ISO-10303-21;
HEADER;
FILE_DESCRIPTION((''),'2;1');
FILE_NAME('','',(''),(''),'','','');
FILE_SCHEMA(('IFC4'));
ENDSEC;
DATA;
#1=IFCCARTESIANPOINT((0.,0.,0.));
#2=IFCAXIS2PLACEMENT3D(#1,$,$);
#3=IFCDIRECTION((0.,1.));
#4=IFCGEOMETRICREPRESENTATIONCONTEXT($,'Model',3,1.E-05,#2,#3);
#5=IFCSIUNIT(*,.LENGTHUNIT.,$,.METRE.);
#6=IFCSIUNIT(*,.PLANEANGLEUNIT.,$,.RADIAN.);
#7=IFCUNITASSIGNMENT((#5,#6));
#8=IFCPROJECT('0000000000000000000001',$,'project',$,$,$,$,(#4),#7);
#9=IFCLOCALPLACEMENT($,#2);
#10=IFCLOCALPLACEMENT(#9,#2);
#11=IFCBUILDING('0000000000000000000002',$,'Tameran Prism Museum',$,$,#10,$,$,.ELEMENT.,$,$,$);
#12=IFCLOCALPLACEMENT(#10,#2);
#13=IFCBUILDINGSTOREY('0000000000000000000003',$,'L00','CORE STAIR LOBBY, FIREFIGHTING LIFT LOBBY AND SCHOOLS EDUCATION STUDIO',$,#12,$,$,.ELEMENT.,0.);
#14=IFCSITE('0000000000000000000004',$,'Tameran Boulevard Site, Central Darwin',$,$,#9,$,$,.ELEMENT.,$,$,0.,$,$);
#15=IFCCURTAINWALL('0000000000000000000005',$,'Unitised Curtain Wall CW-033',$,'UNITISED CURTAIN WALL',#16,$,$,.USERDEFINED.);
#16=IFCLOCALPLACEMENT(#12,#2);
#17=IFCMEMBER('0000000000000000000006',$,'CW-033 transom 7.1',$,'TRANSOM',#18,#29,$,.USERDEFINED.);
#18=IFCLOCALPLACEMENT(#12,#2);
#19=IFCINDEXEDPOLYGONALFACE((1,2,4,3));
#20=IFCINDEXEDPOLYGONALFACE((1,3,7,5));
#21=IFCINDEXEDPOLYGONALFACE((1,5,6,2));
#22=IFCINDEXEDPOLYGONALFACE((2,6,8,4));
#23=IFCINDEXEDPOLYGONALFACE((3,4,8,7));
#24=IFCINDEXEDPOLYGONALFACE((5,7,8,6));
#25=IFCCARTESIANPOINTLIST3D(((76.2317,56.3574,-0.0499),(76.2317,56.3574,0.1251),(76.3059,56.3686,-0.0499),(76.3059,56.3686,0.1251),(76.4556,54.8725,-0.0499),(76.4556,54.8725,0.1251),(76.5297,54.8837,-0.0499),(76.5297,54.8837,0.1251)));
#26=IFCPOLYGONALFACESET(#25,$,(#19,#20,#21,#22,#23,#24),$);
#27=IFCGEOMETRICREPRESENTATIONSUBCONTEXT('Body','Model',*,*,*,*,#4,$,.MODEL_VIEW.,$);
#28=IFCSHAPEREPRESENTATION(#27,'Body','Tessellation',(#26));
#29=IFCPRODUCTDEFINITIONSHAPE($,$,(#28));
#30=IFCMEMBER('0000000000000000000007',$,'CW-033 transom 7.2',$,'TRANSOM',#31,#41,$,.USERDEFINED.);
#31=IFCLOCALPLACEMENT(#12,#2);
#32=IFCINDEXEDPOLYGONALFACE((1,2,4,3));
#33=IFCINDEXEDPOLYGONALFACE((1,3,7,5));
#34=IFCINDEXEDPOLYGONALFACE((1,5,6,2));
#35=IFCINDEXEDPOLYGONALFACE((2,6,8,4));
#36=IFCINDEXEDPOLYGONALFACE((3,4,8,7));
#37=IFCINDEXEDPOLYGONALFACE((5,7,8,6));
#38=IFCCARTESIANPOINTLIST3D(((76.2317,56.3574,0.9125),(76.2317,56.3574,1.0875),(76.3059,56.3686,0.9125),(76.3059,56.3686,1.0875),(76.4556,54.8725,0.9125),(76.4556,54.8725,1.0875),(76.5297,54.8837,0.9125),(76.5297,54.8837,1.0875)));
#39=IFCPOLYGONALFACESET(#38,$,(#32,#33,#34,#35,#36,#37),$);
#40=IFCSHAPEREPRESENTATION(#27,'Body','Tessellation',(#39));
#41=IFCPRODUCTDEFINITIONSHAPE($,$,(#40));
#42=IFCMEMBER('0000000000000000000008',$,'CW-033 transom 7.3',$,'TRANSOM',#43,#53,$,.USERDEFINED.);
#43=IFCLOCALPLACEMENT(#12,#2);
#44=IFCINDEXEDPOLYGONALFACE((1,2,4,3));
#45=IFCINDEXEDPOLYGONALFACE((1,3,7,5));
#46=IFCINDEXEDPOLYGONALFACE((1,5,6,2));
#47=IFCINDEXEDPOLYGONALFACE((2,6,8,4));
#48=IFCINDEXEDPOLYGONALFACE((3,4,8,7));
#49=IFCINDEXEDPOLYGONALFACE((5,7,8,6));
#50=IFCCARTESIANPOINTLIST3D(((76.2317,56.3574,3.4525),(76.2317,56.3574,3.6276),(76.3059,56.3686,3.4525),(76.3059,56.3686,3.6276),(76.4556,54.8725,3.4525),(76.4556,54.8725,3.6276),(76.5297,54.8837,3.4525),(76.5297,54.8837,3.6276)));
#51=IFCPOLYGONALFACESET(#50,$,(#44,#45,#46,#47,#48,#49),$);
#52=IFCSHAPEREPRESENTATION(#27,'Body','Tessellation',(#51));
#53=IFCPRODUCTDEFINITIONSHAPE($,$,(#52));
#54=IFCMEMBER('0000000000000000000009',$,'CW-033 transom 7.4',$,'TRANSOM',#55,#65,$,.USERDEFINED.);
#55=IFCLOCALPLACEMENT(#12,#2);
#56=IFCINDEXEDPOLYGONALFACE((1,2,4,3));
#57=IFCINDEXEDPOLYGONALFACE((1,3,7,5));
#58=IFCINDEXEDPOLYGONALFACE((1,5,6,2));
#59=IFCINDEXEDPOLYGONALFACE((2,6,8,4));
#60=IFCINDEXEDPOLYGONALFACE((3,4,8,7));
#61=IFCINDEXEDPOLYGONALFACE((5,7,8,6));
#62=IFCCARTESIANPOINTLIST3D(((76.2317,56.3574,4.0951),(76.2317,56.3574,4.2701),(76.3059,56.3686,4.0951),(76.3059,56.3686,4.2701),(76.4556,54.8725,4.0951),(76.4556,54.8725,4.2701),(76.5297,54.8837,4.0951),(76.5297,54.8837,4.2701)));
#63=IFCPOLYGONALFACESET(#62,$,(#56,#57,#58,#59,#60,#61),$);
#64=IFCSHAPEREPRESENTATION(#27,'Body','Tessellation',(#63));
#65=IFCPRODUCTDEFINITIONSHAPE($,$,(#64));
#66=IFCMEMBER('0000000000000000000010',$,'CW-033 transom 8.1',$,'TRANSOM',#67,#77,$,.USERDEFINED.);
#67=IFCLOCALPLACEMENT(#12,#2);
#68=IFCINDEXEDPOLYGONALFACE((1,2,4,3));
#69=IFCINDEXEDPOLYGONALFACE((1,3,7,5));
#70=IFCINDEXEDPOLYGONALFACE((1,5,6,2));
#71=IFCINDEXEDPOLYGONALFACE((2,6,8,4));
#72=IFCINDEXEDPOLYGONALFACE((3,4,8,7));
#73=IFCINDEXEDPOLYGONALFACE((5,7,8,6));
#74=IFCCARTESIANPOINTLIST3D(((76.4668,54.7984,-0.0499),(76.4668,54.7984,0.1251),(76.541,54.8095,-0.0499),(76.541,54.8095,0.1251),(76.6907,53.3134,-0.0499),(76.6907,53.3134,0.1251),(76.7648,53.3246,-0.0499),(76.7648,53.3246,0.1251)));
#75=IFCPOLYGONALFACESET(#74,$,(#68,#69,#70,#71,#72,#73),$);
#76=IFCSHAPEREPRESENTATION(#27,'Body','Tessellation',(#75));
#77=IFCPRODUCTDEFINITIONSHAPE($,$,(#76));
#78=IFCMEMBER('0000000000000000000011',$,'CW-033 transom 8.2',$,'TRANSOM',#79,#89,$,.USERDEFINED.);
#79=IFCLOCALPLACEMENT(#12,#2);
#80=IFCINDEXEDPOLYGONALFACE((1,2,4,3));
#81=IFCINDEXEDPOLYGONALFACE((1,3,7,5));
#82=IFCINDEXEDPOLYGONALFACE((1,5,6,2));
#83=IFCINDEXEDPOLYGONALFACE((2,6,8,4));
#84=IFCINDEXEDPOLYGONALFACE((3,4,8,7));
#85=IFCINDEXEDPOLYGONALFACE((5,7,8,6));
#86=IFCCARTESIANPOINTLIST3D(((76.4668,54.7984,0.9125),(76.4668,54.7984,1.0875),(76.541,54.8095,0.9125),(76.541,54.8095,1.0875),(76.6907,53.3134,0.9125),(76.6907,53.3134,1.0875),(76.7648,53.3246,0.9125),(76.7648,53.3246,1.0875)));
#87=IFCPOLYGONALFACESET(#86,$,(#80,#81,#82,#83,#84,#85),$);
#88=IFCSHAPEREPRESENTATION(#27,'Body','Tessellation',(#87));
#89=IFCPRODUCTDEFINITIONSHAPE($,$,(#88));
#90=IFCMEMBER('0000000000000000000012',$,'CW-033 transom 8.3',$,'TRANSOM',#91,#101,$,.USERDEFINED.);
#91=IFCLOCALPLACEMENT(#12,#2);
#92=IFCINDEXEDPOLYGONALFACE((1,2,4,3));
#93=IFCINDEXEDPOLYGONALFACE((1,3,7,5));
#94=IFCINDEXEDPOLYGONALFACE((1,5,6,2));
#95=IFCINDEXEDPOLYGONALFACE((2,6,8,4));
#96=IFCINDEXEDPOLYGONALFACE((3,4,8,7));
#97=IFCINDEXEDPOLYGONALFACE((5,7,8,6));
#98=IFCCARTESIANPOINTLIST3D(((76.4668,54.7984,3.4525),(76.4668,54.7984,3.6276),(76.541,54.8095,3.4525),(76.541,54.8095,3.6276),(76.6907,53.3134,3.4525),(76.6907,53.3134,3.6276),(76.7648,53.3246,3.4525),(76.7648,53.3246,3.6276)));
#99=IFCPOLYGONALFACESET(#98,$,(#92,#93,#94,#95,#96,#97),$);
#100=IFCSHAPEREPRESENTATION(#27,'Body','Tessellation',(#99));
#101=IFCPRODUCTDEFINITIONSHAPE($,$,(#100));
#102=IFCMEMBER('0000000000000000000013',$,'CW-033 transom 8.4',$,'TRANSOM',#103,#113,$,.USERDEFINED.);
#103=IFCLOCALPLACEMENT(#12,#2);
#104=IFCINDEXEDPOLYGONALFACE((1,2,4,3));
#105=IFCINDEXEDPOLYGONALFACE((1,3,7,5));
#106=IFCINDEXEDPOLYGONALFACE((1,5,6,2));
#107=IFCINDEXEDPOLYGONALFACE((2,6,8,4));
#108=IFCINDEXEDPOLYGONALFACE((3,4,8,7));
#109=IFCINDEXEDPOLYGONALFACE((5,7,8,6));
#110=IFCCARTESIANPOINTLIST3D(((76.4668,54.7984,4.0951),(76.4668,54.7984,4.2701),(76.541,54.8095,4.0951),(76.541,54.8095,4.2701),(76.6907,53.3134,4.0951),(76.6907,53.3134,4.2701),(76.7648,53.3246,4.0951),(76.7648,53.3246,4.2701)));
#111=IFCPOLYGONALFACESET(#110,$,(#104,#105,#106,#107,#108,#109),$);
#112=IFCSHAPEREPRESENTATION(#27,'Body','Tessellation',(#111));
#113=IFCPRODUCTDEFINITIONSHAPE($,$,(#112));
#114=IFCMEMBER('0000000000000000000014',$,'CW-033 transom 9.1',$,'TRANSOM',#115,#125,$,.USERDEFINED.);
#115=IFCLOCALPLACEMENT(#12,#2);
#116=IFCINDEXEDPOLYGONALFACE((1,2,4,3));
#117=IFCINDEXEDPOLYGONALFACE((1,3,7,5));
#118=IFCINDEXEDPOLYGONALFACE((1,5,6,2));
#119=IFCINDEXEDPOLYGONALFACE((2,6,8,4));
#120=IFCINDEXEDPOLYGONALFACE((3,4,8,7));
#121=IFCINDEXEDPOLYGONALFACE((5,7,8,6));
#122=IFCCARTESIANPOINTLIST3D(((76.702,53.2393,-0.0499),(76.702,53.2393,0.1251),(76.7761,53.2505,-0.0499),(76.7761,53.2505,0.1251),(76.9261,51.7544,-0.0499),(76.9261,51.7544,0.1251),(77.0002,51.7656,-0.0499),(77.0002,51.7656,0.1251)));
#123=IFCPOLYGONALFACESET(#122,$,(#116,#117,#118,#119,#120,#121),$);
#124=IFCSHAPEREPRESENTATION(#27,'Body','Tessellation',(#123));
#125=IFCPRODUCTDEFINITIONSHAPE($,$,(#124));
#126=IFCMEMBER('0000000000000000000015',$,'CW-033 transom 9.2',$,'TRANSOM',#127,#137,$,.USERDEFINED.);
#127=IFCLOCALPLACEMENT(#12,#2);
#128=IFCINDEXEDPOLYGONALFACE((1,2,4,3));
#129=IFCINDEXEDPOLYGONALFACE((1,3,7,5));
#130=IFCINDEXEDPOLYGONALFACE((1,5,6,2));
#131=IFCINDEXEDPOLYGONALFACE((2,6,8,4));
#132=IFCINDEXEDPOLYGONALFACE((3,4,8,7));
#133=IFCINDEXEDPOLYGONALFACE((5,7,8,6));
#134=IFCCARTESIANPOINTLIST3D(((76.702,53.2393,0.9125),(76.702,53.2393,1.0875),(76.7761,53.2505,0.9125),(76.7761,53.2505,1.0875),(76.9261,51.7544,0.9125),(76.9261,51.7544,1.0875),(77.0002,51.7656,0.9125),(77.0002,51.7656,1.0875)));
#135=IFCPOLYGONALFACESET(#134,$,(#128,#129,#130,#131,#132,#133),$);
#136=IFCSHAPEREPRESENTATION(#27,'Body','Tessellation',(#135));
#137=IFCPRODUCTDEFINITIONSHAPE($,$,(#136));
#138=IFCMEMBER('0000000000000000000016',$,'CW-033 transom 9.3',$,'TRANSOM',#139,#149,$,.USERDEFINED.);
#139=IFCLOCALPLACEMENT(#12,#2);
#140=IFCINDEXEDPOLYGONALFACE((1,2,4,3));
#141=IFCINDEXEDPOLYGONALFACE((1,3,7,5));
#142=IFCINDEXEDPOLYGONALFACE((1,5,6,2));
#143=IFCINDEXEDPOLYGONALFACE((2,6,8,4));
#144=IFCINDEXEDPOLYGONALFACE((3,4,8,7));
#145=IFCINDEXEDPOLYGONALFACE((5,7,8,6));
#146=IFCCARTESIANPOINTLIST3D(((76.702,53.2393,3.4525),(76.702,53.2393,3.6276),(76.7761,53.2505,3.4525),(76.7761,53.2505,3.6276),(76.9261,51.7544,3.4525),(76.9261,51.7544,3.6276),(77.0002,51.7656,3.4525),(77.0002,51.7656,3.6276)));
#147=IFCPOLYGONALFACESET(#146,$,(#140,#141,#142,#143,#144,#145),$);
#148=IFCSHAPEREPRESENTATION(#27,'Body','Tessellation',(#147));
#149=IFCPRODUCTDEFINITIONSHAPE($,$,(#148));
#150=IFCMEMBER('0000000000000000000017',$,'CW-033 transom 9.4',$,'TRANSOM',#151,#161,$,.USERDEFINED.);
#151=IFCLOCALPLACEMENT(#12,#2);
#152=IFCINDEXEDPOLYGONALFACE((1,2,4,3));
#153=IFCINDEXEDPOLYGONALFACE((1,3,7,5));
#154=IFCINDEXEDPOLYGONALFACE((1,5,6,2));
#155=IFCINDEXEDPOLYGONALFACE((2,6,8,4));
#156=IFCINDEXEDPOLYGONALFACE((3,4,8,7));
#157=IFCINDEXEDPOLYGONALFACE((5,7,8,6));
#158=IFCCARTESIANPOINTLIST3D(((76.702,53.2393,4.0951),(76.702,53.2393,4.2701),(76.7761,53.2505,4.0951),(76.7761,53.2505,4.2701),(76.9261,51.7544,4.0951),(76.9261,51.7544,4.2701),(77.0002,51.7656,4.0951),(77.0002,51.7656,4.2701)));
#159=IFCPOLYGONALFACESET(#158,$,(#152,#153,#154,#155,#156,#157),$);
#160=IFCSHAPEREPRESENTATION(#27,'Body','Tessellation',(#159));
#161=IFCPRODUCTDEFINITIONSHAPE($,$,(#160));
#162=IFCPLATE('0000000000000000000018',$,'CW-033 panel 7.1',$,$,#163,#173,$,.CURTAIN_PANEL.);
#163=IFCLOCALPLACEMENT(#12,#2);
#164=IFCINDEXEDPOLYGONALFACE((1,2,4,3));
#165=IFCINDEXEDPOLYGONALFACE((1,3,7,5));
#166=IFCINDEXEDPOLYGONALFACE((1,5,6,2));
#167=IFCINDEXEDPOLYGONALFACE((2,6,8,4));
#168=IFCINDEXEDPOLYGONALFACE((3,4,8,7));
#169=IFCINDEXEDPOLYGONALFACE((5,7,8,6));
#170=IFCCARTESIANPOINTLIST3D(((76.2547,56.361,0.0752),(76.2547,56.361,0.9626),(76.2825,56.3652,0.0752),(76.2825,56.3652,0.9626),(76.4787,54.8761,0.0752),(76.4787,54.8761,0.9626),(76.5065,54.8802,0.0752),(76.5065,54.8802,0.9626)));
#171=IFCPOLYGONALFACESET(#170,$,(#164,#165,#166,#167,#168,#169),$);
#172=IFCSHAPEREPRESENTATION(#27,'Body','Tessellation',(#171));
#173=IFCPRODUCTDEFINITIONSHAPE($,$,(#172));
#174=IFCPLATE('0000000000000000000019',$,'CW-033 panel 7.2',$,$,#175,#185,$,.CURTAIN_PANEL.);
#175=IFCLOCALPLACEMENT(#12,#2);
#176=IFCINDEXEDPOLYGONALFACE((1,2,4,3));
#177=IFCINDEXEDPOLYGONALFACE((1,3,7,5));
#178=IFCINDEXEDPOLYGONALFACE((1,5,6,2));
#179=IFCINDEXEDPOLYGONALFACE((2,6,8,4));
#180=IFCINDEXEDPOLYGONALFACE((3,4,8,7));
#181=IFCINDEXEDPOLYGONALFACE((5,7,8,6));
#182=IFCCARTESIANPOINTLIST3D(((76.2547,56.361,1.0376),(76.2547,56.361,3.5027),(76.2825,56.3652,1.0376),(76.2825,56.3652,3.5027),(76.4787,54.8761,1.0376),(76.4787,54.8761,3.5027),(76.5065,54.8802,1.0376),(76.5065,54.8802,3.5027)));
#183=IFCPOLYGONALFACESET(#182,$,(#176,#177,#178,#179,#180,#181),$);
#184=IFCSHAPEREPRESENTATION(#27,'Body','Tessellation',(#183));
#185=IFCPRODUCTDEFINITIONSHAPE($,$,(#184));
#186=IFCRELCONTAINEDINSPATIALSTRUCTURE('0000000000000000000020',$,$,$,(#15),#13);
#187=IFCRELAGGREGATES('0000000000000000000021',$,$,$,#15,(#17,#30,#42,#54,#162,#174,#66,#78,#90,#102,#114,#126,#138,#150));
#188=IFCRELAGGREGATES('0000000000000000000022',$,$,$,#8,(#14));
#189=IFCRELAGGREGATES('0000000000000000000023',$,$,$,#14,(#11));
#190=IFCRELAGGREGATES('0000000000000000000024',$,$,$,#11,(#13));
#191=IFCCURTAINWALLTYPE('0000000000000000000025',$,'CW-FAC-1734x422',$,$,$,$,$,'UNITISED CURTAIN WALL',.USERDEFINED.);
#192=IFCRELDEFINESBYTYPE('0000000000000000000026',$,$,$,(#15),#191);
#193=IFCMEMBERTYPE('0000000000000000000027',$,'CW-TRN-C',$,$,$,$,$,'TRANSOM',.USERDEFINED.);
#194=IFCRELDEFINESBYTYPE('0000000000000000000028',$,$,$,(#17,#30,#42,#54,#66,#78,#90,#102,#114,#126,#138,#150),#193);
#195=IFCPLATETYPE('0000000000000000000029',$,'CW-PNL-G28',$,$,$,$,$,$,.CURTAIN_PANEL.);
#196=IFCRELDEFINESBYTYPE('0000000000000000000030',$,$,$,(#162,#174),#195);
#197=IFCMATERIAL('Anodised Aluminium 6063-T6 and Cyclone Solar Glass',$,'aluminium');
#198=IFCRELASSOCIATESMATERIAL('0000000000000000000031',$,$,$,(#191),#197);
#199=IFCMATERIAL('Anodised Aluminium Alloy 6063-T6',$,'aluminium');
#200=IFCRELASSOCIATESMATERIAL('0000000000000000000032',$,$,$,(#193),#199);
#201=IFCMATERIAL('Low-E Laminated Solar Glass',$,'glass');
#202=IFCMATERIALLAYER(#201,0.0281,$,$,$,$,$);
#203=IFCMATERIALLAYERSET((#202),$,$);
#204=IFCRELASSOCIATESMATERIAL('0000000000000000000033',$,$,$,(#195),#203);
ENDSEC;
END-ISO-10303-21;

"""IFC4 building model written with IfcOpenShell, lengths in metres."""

from ifc_helpers import new_model, si_unit, direction, frame, origin, origin_2d, place, context, subcontext, project, spatial, rectangle, extrude, material, layer, layer_set, material_profile, profile_set, type_object, element, aggregate, save


model = new_model("IFC4")

# Units and contexts
model_context = context("Model", 3, precision=1e-05, world=origin(), true_north=direction((0.0, 1.0)))
body_context = subcontext(model_context, "Body", "Model", "MODEL_VIEW")
ifc_project = project(units=[si_unit("LENGTHUNIT", "METRE"), si_unit("PLANEANGLEUNIT", "RADIAN")], contexts=[model_context])

# Site, building, storey
site_placement = place(None, origin())
site = spatial("IfcSite", under=ifc_project, at=site_placement, Name="Tameran Boulevard Site, Central Darwin", CompositionType="ELEMENT", RefElevation=0.0)
building_placement = place(site_placement, origin())
building = spatial("IfcBuilding", under=site, at=building_placement, Name="Tameran Prism Museum", CompositionType="ELEMENT")
storey_placement = place(building_placement, origin())
storey = spatial("IfcBuildingStorey", under=building, at=storey_placement, Name="L00", Description="CORE STAIR LOBBY, FIREFIGHTING LIFT LOBBY AND SCHOOLS EDUCATION STUDIO", CompositionType="ELEMENT", Elevation=0.0)

# Curtain wall, members, plates
ifc_material_1 = material(Name="Anodised Aluminium 6063-T6 and Cyclone Solar Glass", Category="aluminium")
curtain_wall_type = type_object("IfcCurtainWallType", Name="CW-FAC-1734x422", ElementType="UNITISED CURTAIN WALL", PredefinedType="USERDEFINED", material=ifc_material_1)
curtain_wall_placement = place(storey_placement, origin())
curtain_wall = element("IfcCurtainWall", 1, at=curtain_wall_placement, inside=storey, type_object=curtain_wall_type, Name="Unitised Curtain Wall CW-033", ObjectType="UNITISED CURTAIN WALL", PredefinedType="USERDEFINED")
ifc_material_2 = material(Name="Anodised Aluminium Alloy 6063-T6", Category="aluminium")
ifc_material_profile_1 = material_profile(ifc_material_2, rectangle(XDim=0.075, YDim=0.175, at=origin_2d()))
ifc_profile_set_1 = profile_set([ifc_material_profile_1])
member_type_1 = type_object("IfcMemberType", Name="CW-TRN-C", ElementType="TRANSOM", PredefinedType="USERDEFINED", material=ifc_profile_set_1)
member_1_placement = place(storey_placement, frame((76.2688, 56.363, 0.0376), z_axis=(0.149088, -0.988824, 0.0), x_axis=(0.988824, 0.149088, 0.0)))
member_1 = element("IfcMember", 2, at=member_1_placement, type_object=member_type_1, Name="CW-033 transom 7.1", ObjectType="TRANSOM", PredefinedType="USERDEFINED", context=body_context, shape_type="SweptSolid", body=[
    extrude(rectangle(XDim=0.075, YDim=0.175, at=origin_2d()), origin(), (0.0, 0.0, 1.0), 1.5017),
])
member_2_placement = place(storey_placement, frame((76.2688, 56.363, 1.0), z_axis=(0.149088, -0.988824, 0.0), x_axis=(0.988824, 0.149088, 0.0)))
member_2 = element("IfcMember", 3, at=member_2_placement, type_object=member_type_1, Name="CW-033 transom 7.2", ObjectType="TRANSOM", PredefinedType="USERDEFINED", context=body_context, shape_type="SweptSolid", body=[
    extrude(rectangle(XDim=0.075, YDim=0.175, at=origin_2d()), origin(), (0.0, 0.0, 1.0), 1.5017),
])
member_3_placement = place(storey_placement, frame((76.2688, 56.363, 3.54), z_axis=(0.149088, -0.988824, 0.0), x_axis=(0.988824, 0.149088, 0.0)))
member_3 = element("IfcMember", 4, at=member_3_placement, type_object=member_type_1, Name="CW-033 transom 7.3", ObjectType="TRANSOM", PredefinedType="USERDEFINED", context=body_context, shape_type="SweptSolid", body=[
    extrude(rectangle(XDim=0.075, YDim=0.175, at=origin_2d()), origin(), (0.0, 0.0, 1.0), 1.5017),
])
member_4_placement = place(storey_placement, frame((76.2688, 56.363, 4.1826), z_axis=(0.149088, -0.988824, 0.0), x_axis=(0.988824, 0.149088, 0.0)))
member_4 = element("IfcMember", 5, at=member_4_placement, type_object=member_type_1, Name="CW-033 transom 7.4", ObjectType="TRANSOM", PredefinedType="USERDEFINED", context=body_context, shape_type="SweptSolid", body=[
    extrude(rectangle(XDim=0.075, YDim=0.175, at=origin_2d()), origin(), (0.0, 0.0, 1.0), 1.5017),
])
member_5_placement = place(storey_placement, frame((76.5039, 54.804, 0.0376), z_axis=(0.149088, -0.988824, 0.0), x_axis=(0.988824, 0.149088, 0.0)))
member_5 = element("IfcMember", 6, at=member_5_placement, type_object=member_type_1, Name="CW-033 transom 8.1", ObjectType="TRANSOM", PredefinedType="USERDEFINED", context=body_context, shape_type="SweptSolid", body=[
    extrude(rectangle(XDim=0.075, YDim=0.175, at=origin_2d()), origin(), (0.0, 0.0, 1.0), 1.5017),
])
member_6_placement = place(storey_placement, frame((76.5039, 54.804, 1.0), z_axis=(0.149088, -0.988824, 0.0), x_axis=(0.988824, 0.149088, 0.0)))
member_6 = element("IfcMember", 7, at=member_6_placement, type_object=member_type_1, Name="CW-033 transom 8.2", ObjectType="TRANSOM", PredefinedType="USERDEFINED", context=body_context, shape_type="SweptSolid", body=[
    extrude(rectangle(XDim=0.075, YDim=0.175, at=origin_2d()), origin(), (0.0, 0.0, 1.0), 1.5017),
])
member_7_placement = place(storey_placement, frame((76.5039, 54.804, 3.54), z_axis=(0.149088, -0.988824, 0.0), x_axis=(0.988824, 0.149088, 0.0)))
member_7 = element("IfcMember", 8, at=member_7_placement, type_object=member_type_1, Name="CW-033 transom 8.3", ObjectType="TRANSOM", PredefinedType="USERDEFINED", context=body_context, shape_type="SweptSolid", body=[
    extrude(rectangle(XDim=0.075, YDim=0.175, at=origin_2d()), origin(), (0.0, 0.0, 1.0), 1.5017),
])
member_8_placement = place(storey_placement, frame((76.5039, 54.804, 4.1826), z_axis=(0.149088, -0.988824, 0.0), x_axis=(0.988824, 0.149088, 0.0)))
member_8 = element("IfcMember", 9, at=member_8_placement, type_object=member_type_1, Name="CW-033 transom 8.4", ObjectType="TRANSOM", PredefinedType="USERDEFINED", context=body_context, shape_type="SweptSolid", body=[
    extrude(rectangle(XDim=0.075, YDim=0.175, at=origin_2d()), origin(), (0.0, 0.0, 1.0), 1.5017),
])
member_9_placement = place(storey_placement, frame((76.739, 53.2449, 0.0376), z_axis=(0.149247, -0.9888, 0.0), x_axis=(0.9888, 0.149247, 0.0)))
member_9 = element("IfcMember", 10, at=member_9_placement, type_object=member_type_1, Name="CW-033 transom 9.1", ObjectType="TRANSOM", PredefinedType="USERDEFINED", context=body_context, shape_type="SweptSolid", body=[
    extrude(rectangle(XDim=0.075, YDim=0.175, at=origin_2d()), origin(), (0.0, 0.0, 1.0), 1.5017),
])
member_10_placement = place(storey_placement, frame((76.739, 53.2449, 1.0), z_axis=(0.149247, -0.9888, 0.0), x_axis=(0.9888, 0.149247, 0.0)))
member_10 = element("IfcMember", 11, at=member_10_placement, type_object=member_type_1, Name="CW-033 transom 9.2", ObjectType="TRANSOM", PredefinedType="USERDEFINED", context=body_context, shape_type="SweptSolid", body=[
    extrude(rectangle(XDim=0.075, YDim=0.175, at=origin_2d()), origin(), (0.0, 0.0, 1.0), 1.5017),
])
member_11_placement = place(storey_placement, frame((76.739, 53.2449, 3.54), z_axis=(0.149247, -0.9888, 0.0), x_axis=(0.9888, 0.149247, 0.0)))
member_11 = element("IfcMember", 12, at=member_11_placement, type_object=member_type_1, Name="CW-033 transom 9.3", ObjectType="TRANSOM", PredefinedType="USERDEFINED", context=body_context, shape_type="SweptSolid", body=[
    extrude(rectangle(XDim=0.075, YDim=0.175, at=origin_2d()), origin(), (0.0, 0.0, 1.0), 1.5017),
])
member_12_placement = place(storey_placement, frame((76.739, 53.2449, 4.1826), z_axis=(0.149247, -0.9888, 0.0), x_axis=(0.9888, 0.149247, 0.0)))
member_12 = element("IfcMember", 13, at=member_12_placement, type_object=member_type_1, Name="CW-033 transom 9.4", ObjectType="TRANSOM", PredefinedType="USERDEFINED", context=body_context, shape_type="SweptSolid", body=[
    extrude(rectangle(XDim=0.075, YDim=0.175, at=origin_2d()), origin(), (0.0, 0.0, 1.0), 1.5017),
])
ifc_material_3 = material(Name="Low-E Laminated Solar Glass", Category="glass")
ifc_layer_1 = layer(ifc_material_3, 0.0281)
ifc_layer_set_1 = layer_set([ifc_layer_1])
plate_type = type_object("IfcPlateType", Name="CW-PNL-G28", PredefinedType="CURTAIN_PANEL", material=ifc_layer_set_1)
plate_1_placement = place(storey_placement, frame((76.3806, 55.6206, 0.0752), z_axis=(0.0, 0.0, 1.0), x_axis=(0.149167, -0.988812, 0.0)))
plate_1 = element("IfcPlate", 14, at=plate_1_placement, type_object=plate_type, Name="CW-033 panel 7.1", PredefinedType="CURTAIN_PANEL", context=body_context, shape_type="SweptSolid", body=[
    extrude(rectangle(XDim=1.5017, YDim=0.0281, at=origin_2d()), origin(), (0.0, 0.0, 1.0), 0.8875),
])
plate_2_placement = place(storey_placement, frame((76.3806, 55.6206, 1.0376), z_axis=(0.0, 0.0, 1.0), x_axis=(0.149167, -0.988812, 0.0)))
plate_2 = element("IfcPlate", 15, at=plate_2_placement, type_object=plate_type, Name="CW-033 panel 7.2", PredefinedType="CURTAIN_PANEL", context=body_context, shape_type="SweptSolid", body=[
    extrude(rectangle(XDim=1.5017, YDim=0.0281, at=origin_2d()), origin(), (0.0, 0.0, 1.0), 2.4651),
])
aggregate(curtain_wall, [member_1, member_2, member_3, member_4, plate_1, plate_2, member_5, member_6, member_7, member_8, member_9, member_10, member_11, member_12])

save(model, "model.ifc")
